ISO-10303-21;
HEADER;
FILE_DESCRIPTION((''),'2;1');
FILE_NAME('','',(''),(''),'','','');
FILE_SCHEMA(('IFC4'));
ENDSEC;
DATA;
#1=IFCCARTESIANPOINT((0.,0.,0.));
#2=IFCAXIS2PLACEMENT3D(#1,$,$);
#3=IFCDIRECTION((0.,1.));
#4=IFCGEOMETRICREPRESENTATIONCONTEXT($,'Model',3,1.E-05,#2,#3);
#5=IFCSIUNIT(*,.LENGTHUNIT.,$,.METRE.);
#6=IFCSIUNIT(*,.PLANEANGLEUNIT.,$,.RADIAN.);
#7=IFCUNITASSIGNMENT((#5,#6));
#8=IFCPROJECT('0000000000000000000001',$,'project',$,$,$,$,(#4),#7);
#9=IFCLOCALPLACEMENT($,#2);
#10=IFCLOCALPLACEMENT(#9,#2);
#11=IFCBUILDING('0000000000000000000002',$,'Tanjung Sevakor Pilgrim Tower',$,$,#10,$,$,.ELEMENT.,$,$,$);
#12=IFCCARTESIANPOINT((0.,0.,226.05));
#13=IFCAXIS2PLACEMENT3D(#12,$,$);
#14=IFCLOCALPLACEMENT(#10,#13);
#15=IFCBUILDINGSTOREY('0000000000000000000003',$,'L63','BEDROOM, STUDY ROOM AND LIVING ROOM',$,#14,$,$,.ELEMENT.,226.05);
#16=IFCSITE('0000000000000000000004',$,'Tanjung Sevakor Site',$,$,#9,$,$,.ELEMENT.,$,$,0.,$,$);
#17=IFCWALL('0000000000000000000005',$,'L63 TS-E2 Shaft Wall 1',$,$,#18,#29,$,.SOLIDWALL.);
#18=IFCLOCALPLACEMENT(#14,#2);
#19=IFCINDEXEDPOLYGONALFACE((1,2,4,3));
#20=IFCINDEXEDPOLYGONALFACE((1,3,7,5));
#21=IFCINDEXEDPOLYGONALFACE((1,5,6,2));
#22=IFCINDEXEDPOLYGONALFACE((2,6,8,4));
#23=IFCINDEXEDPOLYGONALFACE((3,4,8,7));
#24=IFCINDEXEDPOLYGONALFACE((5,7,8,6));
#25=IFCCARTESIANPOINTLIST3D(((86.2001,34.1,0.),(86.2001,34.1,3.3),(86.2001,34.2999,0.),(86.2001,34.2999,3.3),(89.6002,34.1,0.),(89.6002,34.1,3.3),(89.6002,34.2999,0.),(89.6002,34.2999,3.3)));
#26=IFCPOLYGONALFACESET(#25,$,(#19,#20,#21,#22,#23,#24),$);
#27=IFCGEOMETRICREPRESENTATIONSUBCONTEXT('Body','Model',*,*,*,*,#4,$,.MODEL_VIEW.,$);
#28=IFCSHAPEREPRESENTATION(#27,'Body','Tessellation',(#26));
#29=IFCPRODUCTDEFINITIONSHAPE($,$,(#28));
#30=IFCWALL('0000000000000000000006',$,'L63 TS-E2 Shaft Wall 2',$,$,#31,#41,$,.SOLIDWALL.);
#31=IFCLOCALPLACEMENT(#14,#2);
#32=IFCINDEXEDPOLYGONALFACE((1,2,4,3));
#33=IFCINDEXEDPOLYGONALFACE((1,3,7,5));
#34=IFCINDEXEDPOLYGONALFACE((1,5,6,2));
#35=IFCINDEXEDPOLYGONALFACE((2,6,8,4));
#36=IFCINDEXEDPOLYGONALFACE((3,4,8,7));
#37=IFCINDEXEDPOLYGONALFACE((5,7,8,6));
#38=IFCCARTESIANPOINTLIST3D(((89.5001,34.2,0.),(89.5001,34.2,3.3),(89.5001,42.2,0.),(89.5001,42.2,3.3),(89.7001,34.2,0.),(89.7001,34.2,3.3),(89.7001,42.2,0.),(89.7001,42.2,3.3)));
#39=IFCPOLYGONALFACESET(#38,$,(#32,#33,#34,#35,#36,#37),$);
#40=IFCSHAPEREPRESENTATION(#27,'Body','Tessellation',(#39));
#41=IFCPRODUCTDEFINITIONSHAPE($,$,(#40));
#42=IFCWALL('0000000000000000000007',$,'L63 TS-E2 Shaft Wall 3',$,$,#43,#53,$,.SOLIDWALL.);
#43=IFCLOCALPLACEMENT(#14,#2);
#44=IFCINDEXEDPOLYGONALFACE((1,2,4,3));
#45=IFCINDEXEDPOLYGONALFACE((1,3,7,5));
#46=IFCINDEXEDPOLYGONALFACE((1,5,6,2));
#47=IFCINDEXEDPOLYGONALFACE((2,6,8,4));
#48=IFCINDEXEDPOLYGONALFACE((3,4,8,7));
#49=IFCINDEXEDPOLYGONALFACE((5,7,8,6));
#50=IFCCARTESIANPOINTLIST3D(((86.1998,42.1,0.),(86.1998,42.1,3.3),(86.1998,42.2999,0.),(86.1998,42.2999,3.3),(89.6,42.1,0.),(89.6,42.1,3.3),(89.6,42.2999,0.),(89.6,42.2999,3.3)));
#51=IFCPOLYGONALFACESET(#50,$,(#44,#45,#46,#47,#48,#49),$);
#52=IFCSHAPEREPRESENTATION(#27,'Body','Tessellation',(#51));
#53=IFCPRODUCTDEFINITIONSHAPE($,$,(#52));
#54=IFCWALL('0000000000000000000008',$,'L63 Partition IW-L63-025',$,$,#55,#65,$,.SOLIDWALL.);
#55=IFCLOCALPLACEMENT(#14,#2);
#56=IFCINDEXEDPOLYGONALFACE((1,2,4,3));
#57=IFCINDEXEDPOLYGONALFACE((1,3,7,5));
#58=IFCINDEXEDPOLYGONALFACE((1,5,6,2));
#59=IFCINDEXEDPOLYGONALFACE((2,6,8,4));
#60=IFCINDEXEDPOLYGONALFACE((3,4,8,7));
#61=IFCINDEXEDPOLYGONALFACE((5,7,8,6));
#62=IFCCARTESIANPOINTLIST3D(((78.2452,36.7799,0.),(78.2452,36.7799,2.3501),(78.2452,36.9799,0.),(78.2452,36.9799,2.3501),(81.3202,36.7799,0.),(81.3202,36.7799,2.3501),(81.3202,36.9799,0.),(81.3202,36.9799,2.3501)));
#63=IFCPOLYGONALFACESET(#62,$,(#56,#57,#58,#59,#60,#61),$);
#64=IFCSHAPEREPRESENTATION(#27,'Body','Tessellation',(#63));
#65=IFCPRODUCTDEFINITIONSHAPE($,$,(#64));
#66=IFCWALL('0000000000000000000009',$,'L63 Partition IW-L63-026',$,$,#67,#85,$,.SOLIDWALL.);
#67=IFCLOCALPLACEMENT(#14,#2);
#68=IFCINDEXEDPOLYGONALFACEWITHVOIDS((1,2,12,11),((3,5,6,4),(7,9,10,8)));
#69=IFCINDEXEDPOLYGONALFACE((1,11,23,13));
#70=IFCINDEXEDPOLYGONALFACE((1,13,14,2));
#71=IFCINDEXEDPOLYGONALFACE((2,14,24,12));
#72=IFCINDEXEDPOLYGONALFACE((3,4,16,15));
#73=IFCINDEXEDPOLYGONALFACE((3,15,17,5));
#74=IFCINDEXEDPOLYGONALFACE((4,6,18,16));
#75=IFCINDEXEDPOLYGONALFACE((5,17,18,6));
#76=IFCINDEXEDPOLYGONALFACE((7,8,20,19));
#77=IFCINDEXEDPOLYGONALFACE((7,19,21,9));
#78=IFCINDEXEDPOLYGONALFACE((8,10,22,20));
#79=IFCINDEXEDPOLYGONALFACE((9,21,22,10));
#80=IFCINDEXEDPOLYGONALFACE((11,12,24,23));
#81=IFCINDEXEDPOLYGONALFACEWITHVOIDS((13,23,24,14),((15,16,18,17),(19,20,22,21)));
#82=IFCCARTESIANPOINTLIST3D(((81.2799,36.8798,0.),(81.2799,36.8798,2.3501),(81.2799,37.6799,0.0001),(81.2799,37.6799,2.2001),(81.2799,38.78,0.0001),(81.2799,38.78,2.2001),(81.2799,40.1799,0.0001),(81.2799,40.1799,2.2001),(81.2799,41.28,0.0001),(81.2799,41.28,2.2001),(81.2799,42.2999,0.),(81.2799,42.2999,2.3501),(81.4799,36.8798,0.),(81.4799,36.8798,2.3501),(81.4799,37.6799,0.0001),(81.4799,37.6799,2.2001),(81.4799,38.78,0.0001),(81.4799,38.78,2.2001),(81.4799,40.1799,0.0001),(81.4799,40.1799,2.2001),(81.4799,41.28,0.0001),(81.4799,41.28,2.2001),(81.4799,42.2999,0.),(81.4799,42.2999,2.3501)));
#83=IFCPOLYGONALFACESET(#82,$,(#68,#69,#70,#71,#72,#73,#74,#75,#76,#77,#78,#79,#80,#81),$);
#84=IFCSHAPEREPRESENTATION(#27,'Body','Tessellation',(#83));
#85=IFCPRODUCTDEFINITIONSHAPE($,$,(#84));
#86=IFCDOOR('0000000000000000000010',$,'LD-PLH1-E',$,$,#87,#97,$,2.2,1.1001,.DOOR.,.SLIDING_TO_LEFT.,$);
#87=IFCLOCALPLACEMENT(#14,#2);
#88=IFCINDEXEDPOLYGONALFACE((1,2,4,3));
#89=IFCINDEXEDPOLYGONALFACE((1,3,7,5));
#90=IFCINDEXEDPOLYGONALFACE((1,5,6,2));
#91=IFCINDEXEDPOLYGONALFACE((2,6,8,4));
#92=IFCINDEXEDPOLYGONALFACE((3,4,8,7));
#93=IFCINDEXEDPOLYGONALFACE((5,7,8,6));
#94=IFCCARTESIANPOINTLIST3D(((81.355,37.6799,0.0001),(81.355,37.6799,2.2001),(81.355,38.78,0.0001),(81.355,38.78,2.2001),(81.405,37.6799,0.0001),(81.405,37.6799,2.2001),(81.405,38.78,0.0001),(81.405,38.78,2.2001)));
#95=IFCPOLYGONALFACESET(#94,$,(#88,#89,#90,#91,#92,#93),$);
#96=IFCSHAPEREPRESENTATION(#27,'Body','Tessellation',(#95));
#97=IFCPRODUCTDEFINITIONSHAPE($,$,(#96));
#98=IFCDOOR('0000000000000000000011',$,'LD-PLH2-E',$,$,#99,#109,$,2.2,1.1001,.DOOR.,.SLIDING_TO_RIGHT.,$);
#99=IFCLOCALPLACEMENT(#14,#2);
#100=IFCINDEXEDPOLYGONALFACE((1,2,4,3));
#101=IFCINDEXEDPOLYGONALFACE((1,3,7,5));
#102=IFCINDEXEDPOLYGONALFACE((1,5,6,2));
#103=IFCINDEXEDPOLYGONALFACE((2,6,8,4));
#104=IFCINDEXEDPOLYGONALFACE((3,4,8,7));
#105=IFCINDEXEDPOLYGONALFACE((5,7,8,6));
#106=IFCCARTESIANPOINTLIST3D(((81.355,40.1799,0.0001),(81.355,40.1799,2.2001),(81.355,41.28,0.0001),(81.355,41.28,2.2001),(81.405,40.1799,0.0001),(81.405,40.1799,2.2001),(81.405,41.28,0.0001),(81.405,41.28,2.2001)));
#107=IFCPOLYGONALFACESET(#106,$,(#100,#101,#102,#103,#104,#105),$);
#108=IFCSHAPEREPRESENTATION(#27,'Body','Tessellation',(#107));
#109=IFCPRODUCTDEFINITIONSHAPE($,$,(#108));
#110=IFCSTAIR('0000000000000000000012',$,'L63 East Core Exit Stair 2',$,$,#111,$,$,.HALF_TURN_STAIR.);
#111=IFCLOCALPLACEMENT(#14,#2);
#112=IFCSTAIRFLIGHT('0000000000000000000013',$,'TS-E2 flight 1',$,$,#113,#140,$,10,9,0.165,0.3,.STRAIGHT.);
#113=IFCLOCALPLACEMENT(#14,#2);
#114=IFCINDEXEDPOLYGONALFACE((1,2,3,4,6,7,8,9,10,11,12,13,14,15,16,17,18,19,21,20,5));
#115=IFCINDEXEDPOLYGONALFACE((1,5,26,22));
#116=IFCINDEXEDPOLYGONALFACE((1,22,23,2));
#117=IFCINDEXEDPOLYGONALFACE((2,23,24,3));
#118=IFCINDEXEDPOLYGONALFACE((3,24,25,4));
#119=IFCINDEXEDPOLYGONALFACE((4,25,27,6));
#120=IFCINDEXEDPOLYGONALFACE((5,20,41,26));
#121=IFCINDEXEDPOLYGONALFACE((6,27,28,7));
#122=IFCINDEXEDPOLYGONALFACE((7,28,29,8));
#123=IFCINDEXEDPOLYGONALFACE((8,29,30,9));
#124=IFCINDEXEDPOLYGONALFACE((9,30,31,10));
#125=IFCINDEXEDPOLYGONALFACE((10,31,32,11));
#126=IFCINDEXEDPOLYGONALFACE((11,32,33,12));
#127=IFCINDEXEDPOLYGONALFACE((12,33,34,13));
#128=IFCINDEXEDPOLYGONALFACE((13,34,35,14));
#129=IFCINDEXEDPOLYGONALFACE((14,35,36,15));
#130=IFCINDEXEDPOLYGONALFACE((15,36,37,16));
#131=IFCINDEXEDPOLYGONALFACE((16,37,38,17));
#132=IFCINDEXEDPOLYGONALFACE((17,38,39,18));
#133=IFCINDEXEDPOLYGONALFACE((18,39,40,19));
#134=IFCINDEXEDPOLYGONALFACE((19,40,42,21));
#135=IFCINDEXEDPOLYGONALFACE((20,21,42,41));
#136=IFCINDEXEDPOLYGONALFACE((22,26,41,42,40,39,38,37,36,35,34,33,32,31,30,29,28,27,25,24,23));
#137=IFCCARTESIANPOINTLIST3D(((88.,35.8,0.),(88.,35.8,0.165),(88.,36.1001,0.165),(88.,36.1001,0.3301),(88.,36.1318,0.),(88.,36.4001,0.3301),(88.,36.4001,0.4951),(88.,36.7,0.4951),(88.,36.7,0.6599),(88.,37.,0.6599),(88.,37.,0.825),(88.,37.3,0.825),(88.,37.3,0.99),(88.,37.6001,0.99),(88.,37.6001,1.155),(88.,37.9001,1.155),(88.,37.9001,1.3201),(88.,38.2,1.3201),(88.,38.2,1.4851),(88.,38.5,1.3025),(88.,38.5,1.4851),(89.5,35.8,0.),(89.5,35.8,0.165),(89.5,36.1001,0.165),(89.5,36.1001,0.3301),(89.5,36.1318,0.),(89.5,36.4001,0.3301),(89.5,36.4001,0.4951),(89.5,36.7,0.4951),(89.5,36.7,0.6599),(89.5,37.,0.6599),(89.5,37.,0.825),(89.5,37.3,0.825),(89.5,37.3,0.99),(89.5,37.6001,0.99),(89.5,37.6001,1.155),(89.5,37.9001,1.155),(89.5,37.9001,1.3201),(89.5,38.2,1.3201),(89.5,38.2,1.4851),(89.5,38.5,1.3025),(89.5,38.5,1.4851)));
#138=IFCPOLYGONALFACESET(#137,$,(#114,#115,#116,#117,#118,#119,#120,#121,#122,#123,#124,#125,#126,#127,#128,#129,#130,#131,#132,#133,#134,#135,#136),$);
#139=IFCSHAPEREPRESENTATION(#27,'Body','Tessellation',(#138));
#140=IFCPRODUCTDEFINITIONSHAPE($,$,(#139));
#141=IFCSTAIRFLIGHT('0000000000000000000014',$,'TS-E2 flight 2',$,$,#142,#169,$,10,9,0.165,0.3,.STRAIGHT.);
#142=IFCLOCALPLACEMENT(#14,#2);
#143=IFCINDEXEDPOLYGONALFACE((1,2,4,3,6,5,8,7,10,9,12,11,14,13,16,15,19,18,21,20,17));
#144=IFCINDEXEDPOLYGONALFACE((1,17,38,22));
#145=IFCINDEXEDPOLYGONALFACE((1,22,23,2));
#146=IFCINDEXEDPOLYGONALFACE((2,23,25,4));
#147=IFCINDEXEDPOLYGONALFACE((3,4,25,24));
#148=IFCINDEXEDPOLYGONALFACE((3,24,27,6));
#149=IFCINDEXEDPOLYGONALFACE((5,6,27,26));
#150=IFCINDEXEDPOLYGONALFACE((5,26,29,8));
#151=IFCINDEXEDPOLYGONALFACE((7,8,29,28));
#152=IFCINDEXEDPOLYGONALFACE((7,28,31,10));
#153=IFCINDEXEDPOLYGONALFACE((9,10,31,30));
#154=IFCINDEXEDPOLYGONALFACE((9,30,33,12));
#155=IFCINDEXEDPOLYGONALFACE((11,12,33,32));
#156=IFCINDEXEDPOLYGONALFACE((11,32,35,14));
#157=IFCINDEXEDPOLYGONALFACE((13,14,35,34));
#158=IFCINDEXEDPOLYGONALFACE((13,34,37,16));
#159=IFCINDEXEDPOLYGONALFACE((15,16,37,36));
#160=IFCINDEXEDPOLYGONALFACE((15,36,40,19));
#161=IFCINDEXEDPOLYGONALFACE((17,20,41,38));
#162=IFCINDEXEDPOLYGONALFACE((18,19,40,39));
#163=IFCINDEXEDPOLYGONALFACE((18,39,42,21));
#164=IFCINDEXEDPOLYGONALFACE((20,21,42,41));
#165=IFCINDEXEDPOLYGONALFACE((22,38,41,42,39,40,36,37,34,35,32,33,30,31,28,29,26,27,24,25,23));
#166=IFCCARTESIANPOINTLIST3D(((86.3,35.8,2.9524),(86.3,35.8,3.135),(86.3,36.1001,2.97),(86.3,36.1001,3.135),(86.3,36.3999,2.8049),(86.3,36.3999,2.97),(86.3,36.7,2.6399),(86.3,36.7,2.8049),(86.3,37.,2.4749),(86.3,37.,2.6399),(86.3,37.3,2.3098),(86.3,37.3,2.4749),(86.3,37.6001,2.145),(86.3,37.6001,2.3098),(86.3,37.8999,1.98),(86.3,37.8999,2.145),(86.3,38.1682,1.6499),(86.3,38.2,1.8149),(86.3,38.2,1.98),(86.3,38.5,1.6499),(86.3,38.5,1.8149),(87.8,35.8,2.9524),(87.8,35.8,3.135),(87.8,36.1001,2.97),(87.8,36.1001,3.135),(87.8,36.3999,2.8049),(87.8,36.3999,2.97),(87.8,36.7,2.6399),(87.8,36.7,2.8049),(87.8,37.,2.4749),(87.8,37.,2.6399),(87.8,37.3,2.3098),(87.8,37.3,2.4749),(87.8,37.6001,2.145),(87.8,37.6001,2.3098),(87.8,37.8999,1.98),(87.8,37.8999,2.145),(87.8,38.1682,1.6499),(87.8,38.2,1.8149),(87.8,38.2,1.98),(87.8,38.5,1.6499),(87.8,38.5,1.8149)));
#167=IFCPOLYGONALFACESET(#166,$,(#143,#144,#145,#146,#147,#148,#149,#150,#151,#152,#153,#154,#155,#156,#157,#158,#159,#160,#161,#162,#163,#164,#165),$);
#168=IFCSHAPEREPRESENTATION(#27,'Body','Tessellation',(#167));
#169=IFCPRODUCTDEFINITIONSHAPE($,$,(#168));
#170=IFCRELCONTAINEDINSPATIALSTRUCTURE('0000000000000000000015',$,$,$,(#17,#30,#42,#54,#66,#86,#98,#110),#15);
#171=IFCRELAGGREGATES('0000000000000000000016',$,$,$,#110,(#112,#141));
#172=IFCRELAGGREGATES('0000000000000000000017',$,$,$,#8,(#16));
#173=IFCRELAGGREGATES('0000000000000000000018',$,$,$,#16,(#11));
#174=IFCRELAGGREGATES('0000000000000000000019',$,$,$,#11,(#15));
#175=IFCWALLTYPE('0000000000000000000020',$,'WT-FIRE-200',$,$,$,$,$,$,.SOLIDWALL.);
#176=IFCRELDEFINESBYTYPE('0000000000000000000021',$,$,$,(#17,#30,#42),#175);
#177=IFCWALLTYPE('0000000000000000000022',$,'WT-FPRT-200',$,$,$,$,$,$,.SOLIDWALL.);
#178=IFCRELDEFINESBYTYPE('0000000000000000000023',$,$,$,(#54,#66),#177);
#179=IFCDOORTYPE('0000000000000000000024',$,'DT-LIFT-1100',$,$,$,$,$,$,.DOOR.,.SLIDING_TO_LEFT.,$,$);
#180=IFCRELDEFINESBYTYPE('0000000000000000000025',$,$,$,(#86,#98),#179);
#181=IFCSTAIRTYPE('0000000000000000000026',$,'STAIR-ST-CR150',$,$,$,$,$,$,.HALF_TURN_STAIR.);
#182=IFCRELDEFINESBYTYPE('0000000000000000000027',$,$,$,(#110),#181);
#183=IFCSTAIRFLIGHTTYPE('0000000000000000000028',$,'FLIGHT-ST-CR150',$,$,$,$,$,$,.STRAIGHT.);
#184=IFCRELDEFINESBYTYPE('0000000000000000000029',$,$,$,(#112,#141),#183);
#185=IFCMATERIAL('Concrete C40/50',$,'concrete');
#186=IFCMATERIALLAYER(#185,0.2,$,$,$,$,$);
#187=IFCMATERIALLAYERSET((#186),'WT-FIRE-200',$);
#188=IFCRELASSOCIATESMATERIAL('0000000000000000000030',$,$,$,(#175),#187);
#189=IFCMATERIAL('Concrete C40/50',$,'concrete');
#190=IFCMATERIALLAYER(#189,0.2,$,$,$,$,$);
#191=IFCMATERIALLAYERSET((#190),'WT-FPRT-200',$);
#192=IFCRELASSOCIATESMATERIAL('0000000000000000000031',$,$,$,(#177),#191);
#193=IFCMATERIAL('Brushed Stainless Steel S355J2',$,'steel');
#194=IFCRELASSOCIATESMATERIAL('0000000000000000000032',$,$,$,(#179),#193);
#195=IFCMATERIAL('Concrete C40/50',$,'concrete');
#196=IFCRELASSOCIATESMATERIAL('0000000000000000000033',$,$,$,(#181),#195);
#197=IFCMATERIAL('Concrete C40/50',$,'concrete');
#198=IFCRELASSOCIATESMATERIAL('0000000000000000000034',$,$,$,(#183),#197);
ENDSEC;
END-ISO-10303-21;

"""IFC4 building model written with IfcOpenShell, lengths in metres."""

from ifc_helpers import new_model, si_unit, direction, frame, frame_2d, origin, place, context, subcontext, project, spatial, polyline, rectangle, outline, extrude, material, layer, layer_set, type_object, element, fill, aggregate, save


model = new_model("IFC4")

# Units and contexts
model_context = context("Model", 3, precision=1e-05, world=origin(), true_north=direction((0.0, 1.0)))
body_context = subcontext(model_context, "Body", "Model", "MODEL_VIEW")
ifc_project = project(units=[si_unit("LENGTHUNIT", "METRE"), si_unit("PLANEANGLEUNIT", "RADIAN")], contexts=[model_context])

# Site, building, storey
site_placement = place(None, origin())
site = spatial("IfcSite", under=ifc_project, at=site_placement, Name="Tanjung Sevakor Site", CompositionType="ELEMENT", RefElevation=0.0)
building_placement = place(site_placement, origin())
building = spatial("IfcBuilding", under=site, at=building_placement, Name="Tanjung Sevakor Pilgrim Tower", CompositionType="ELEMENT")
storey_placement = place(building_placement, frame((0.0, 0.0, 226.05)))
storey = spatial("IfcBuildingStorey", under=building, at=storey_placement, Name="L63", Description="BEDROOM, STUDY ROOM AND LIVING ROOM", CompositionType="ELEMENT", Elevation=226.05)

# Walls
ifc_material_1 = material(Name="Concrete C40/50", Category="concrete")
ifc_layer_1 = layer(ifc_material_1, 0.2)
ifc_layer_set_1 = layer_set([ifc_layer_1], Name="WT-FIRE-200")
wall_type_1 = type_object("IfcWallType", Name="WT-FIRE-200", PredefinedType="SOLIDWALL", material=ifc_layer_set_1)
wall_1_placement = place(storey_placement, frame((86.2, 34.2, 0.0), z_axis=(0.0, 0.0, 1.0), x_axis=(1.0, 0.0, 0.0)))
element("IfcWall", 1, at=wall_1_placement, inside=storey, type_object=wall_type_1, Name="L63 TS-E2 Shaft Wall 1", PredefinedType="SOLIDWALL", context=body_context, shape_type="SweptSolid", body=[
    extrude(rectangle(XDim=3.4001, YDim=0.2, at=frame_2d((1.7002, 0.0))), origin(), (0.0, 0.0, 1.0), 3.3),
])
wall_2_placement = place(storey_placement, frame((89.6001, 34.2, 0.0), z_axis=(0.0, 0.0, 1.0), x_axis=(0.0, 1.0, 0.0)))
element("IfcWall", 2, at=wall_2_placement, inside=storey, type_object=wall_type_1, Name="L63 TS-E2 Shaft Wall 2", PredefinedType="SOLIDWALL", context=body_context, shape_type="SweptSolid", body=[
    extrude(rectangle(XDim=8.0, YDim=0.2, at=frame_2d((4.0, 0.0))), origin(), (0.0, 0.0, 1.0), 3.3),
])
wall_3_placement = place(storey_placement, frame((89.6001, 42.2, 0.0), z_axis=(0.0, 0.0, 1.0), x_axis=(-1.0, 0.0, 0.0)))
element("IfcWall", 3, at=wall_3_placement, inside=storey, type_object=wall_type_1, Name="L63 TS-E2 Shaft Wall 3", PredefinedType="SOLIDWALL", context=body_context, shape_type="SweptSolid", body=[
    extrude(rectangle(XDim=3.4001, YDim=0.2, at=frame_2d((1.7002, 0.0))), origin(), (0.0, 0.0, 1.0), 3.3),
])
ifc_material_2 = material(Name="Concrete C40/50", Category="concrete")
ifc_layer_2 = layer(ifc_material_2, 0.2)
ifc_layer_set_2 = layer_set([ifc_layer_2], Name="WT-FPRT-200")
wall_type_2 = type_object("IfcWallType", Name="WT-FPRT-200", PredefinedType="SOLIDWALL", material=ifc_layer_set_2)
wall_4_placement = place(storey_placement, frame((78.2451, 36.8799, 0.0), z_axis=(0.0, 0.0, 1.0), x_axis=(1.0, 0.0, 0.0)))
element("IfcWall", 4, at=wall_4_placement, inside=storey, type_object=wall_type_2, Name="L63 Partition IW-L63-025", PredefinedType="SOLIDWALL", context=body_context, shape_type="SweptSolid", body=[
    extrude(rectangle(XDim=3.075, YDim=0.2, at=frame_2d((1.5376, 0.0))), origin(), (0.0, 0.0, 1.0), 2.3501),
])

# Wall, openings, doors
wall_5_placement = place(storey_placement, frame((81.3799, 36.8799, 0.0), z_axis=(0.0, 0.0, 1.0), x_axis=(0.0, 1.0, 0.0)))
wall_5 = element("IfcWall", 5, at=wall_5_placement, inside=storey, type_object=wall_type_2, Name="L63 Partition IW-L63-026", PredefinedType="SOLIDWALL", context=body_context, shape_type="SweptSolid", body=[
    extrude(rectangle(XDim=5.4202, YDim=0.2, at=frame_2d((2.71, 0.0))), origin(), (0.0, 0.0, 1.0), 2.3501),
])
opening_1_placement = place(wall_5_placement, frame((0.8, 0.0, 0.0)))
opening_1 = element("IfcOpeningElement", 6, at=opening_1_placement, cuts=wall_5, PredefinedType="OPENING", context=body_context, shape_type="SweptSolid", body=[
    extrude(rectangle(XDim=1.1001, YDim=2.2, at=frame_2d((0.55, 1.1001))), frame((0.0, 0.1099, 0.0), z_axis=(0.0, -1.0, 0.0), x_axis=(1.0, 0.0, 0.0)), (0.0, 0.0, 1.0), 0.22),
])
opening_2_placement = place(wall_5_placement, frame((3.3, 0.0, 0.0)))
opening_2 = element("IfcOpeningElement", 7, at=opening_2_placement, cuts=wall_5, PredefinedType="OPENING", context=body_context, shape_type="SweptSolid", body=[
    extrude(rectangle(XDim=1.1001, YDim=2.2, at=frame_2d((0.55, 1.1001))), frame((0.0, 0.1099, 0.0), z_axis=(0.0, -1.0, 0.0), x_axis=(1.0, 0.0, 0.0)), (0.0, 0.0, 1.0), 0.22),
])
ifc_material_3 = material(Name="Brushed Stainless Steel S355J2", Category="steel")
door_type_1 = type_object("IfcDoorType", Name="DT-LIFT-1100", OperationType="SLIDING_TO_LEFT", PredefinedType="DOOR", material=ifc_material_3)
door_1_placement = place(opening_1_placement, origin())
door_1 = element("IfcDoor", 8, at=door_1_placement, inside=storey, type_object=door_type_1, Name="LD-PLH1-E", OperationType="SLIDING_TO_LEFT", OverallHeight=2.2, OverallWidth=1.1001, PredefinedType="DOOR", context=body_context, shape_type="SweptSolid", body=[
    extrude(rectangle(XDim=1.1001, YDim=2.2, at=frame_2d((0.55, 1.1001))), frame((0.0, 0.0249, 0.0), z_axis=(0.0, -1.0, 0.0), x_axis=(1.0, 0.0, 0.0)), (0.0, 0.0, 1.0), 0.05),
])
fill(opening_1, door_1)
door_2_placement = place(opening_2_placement, origin())
door_2 = element("IfcDoor", 9, at=door_2_placement, inside=storey, type_object=door_type_1, Name="LD-PLH2-E", OperationType="SLIDING_TO_RIGHT", OverallHeight=2.2, OverallWidth=1.1001, PredefinedType="DOOR", context=body_context, shape_type="SweptSolid", body=[
    extrude(rectangle(XDim=1.1001, YDim=2.2, at=frame_2d((0.55, 1.1001))), frame((0.0, 0.0249, 0.0), z_axis=(0.0, -1.0, 0.0), x_axis=(1.0, 0.0, 0.0)), (0.0, 0.0, 1.0), 0.05),
])
fill(opening_2, door_2)

# Stair, stair flights
ifc_material_4 = material(Name="Concrete C40/50", Category="concrete")
stair_type = type_object("IfcStairType", Name="STAIR-ST-CR150", PredefinedType="HALF_TURN_STAIR", material=ifc_material_4)
stair_placement = place(storey_placement, origin())
stair = element("IfcStair", 10, at=stair_placement, inside=storey, type_object=stair_type, Name="L63 East Core Exit Stair 2", PredefinedType="HALF_TURN_STAIR")
ifc_material_5 = material(Name="Concrete C40/50", Category="concrete")
stair_flight_type = type_object("IfcStairFlightType", Name="FLIGHT-ST-CR150", PredefinedType="STRAIGHT", material=ifc_material_5)
stair_flight_1_placement = place(storey_placement, frame((88.75, 35.8, 0.0), z_axis=(0.0, 0.0, 1.0), x_axis=(0.0, 1.0, 0.0)))
stair_flight_1 = element("IfcStairFlight", 11, at=stair_flight_1_placement, type_object=stair_flight_type, Name="TS-E2 flight 1", NumberOfRisers=10, NumberOfTreads=9, PredefinedType="STRAIGHT", RiserHeight=0.165, TreadLength=0.3, context=body_context, shape_type="SweptSolid", body=[
    extrude(outline(polyline([(0.0, 0.0), (0.0, 0.165), (0.3, 0.165), (0.3, 0.3301), (0.6001, 0.3301), (0.6001, 0.4951), (0.8999, 0.4951), (0.8999, 0.6599), (1.2, 0.6599), (1.2, 0.825), (1.5, 0.825), (1.5, 0.99), (1.8, 0.99), (1.8, 1.155), (2.1001, 1.155), (2.1001, 1.3201), (2.3999, 1.3201), (2.3999, 1.4851), (2.7, 1.4851), (2.7, 1.6499), (2.7, 1.3025), (0.3318, 0.0), (0.0, 0.0)])), frame((0.0, 0.75, 0.0), z_axis=(0.0, -1.0, 0.0), x_axis=(1.0, 0.0, 0.0)), (0.0, 0.0, 1.0), 1.5),
])
stair_flight_2_placement = place(storey_placement, frame((87.05, 38.5, 1.6499), z_axis=(0.0, 0.0, 1.0), x_axis=(0.0, -1.0, 0.0)))
stair_flight_2 = element("IfcStairFlight", 12, at=stair_flight_2_placement, type_object=stair_flight_type, Name="TS-E2 flight 2", NumberOfRisers=10, NumberOfTreads=9, PredefinedType="STRAIGHT", RiserHeight=0.165, TreadLength=0.3, context=body_context, shape_type="SweptSolid", body=[
    extrude(outline(polyline([(0.0, 0.0), (0.0, 0.165), (0.3, 0.165), (0.3, 0.3301), (0.6001, 0.3301), (0.6001, 0.4951), (0.8999, 0.4951), (0.8999, 0.6599), (1.2, 0.6599), (1.2, 0.825), (1.5, 0.825), (1.5, 0.99), (1.8, 0.99), (1.8, 1.155), (2.1001, 1.155), (2.1001, 1.3201), (2.3999, 1.3201), (2.3999, 1.4851), (2.7, 1.4851), (2.7, 1.6499), (2.7, 1.3025), (0.3318, 0.0), (0.0, 0.0)])), frame((0.0, 0.75, 0.0), z_axis=(0.0, -1.0, 0.0), x_axis=(1.0, 0.0, 0.0)), (0.0, 0.0, 1.0), 1.5),
])
aggregate(stair, [stair_flight_1, stair_flight_2])

save(model, "model.ifc")
